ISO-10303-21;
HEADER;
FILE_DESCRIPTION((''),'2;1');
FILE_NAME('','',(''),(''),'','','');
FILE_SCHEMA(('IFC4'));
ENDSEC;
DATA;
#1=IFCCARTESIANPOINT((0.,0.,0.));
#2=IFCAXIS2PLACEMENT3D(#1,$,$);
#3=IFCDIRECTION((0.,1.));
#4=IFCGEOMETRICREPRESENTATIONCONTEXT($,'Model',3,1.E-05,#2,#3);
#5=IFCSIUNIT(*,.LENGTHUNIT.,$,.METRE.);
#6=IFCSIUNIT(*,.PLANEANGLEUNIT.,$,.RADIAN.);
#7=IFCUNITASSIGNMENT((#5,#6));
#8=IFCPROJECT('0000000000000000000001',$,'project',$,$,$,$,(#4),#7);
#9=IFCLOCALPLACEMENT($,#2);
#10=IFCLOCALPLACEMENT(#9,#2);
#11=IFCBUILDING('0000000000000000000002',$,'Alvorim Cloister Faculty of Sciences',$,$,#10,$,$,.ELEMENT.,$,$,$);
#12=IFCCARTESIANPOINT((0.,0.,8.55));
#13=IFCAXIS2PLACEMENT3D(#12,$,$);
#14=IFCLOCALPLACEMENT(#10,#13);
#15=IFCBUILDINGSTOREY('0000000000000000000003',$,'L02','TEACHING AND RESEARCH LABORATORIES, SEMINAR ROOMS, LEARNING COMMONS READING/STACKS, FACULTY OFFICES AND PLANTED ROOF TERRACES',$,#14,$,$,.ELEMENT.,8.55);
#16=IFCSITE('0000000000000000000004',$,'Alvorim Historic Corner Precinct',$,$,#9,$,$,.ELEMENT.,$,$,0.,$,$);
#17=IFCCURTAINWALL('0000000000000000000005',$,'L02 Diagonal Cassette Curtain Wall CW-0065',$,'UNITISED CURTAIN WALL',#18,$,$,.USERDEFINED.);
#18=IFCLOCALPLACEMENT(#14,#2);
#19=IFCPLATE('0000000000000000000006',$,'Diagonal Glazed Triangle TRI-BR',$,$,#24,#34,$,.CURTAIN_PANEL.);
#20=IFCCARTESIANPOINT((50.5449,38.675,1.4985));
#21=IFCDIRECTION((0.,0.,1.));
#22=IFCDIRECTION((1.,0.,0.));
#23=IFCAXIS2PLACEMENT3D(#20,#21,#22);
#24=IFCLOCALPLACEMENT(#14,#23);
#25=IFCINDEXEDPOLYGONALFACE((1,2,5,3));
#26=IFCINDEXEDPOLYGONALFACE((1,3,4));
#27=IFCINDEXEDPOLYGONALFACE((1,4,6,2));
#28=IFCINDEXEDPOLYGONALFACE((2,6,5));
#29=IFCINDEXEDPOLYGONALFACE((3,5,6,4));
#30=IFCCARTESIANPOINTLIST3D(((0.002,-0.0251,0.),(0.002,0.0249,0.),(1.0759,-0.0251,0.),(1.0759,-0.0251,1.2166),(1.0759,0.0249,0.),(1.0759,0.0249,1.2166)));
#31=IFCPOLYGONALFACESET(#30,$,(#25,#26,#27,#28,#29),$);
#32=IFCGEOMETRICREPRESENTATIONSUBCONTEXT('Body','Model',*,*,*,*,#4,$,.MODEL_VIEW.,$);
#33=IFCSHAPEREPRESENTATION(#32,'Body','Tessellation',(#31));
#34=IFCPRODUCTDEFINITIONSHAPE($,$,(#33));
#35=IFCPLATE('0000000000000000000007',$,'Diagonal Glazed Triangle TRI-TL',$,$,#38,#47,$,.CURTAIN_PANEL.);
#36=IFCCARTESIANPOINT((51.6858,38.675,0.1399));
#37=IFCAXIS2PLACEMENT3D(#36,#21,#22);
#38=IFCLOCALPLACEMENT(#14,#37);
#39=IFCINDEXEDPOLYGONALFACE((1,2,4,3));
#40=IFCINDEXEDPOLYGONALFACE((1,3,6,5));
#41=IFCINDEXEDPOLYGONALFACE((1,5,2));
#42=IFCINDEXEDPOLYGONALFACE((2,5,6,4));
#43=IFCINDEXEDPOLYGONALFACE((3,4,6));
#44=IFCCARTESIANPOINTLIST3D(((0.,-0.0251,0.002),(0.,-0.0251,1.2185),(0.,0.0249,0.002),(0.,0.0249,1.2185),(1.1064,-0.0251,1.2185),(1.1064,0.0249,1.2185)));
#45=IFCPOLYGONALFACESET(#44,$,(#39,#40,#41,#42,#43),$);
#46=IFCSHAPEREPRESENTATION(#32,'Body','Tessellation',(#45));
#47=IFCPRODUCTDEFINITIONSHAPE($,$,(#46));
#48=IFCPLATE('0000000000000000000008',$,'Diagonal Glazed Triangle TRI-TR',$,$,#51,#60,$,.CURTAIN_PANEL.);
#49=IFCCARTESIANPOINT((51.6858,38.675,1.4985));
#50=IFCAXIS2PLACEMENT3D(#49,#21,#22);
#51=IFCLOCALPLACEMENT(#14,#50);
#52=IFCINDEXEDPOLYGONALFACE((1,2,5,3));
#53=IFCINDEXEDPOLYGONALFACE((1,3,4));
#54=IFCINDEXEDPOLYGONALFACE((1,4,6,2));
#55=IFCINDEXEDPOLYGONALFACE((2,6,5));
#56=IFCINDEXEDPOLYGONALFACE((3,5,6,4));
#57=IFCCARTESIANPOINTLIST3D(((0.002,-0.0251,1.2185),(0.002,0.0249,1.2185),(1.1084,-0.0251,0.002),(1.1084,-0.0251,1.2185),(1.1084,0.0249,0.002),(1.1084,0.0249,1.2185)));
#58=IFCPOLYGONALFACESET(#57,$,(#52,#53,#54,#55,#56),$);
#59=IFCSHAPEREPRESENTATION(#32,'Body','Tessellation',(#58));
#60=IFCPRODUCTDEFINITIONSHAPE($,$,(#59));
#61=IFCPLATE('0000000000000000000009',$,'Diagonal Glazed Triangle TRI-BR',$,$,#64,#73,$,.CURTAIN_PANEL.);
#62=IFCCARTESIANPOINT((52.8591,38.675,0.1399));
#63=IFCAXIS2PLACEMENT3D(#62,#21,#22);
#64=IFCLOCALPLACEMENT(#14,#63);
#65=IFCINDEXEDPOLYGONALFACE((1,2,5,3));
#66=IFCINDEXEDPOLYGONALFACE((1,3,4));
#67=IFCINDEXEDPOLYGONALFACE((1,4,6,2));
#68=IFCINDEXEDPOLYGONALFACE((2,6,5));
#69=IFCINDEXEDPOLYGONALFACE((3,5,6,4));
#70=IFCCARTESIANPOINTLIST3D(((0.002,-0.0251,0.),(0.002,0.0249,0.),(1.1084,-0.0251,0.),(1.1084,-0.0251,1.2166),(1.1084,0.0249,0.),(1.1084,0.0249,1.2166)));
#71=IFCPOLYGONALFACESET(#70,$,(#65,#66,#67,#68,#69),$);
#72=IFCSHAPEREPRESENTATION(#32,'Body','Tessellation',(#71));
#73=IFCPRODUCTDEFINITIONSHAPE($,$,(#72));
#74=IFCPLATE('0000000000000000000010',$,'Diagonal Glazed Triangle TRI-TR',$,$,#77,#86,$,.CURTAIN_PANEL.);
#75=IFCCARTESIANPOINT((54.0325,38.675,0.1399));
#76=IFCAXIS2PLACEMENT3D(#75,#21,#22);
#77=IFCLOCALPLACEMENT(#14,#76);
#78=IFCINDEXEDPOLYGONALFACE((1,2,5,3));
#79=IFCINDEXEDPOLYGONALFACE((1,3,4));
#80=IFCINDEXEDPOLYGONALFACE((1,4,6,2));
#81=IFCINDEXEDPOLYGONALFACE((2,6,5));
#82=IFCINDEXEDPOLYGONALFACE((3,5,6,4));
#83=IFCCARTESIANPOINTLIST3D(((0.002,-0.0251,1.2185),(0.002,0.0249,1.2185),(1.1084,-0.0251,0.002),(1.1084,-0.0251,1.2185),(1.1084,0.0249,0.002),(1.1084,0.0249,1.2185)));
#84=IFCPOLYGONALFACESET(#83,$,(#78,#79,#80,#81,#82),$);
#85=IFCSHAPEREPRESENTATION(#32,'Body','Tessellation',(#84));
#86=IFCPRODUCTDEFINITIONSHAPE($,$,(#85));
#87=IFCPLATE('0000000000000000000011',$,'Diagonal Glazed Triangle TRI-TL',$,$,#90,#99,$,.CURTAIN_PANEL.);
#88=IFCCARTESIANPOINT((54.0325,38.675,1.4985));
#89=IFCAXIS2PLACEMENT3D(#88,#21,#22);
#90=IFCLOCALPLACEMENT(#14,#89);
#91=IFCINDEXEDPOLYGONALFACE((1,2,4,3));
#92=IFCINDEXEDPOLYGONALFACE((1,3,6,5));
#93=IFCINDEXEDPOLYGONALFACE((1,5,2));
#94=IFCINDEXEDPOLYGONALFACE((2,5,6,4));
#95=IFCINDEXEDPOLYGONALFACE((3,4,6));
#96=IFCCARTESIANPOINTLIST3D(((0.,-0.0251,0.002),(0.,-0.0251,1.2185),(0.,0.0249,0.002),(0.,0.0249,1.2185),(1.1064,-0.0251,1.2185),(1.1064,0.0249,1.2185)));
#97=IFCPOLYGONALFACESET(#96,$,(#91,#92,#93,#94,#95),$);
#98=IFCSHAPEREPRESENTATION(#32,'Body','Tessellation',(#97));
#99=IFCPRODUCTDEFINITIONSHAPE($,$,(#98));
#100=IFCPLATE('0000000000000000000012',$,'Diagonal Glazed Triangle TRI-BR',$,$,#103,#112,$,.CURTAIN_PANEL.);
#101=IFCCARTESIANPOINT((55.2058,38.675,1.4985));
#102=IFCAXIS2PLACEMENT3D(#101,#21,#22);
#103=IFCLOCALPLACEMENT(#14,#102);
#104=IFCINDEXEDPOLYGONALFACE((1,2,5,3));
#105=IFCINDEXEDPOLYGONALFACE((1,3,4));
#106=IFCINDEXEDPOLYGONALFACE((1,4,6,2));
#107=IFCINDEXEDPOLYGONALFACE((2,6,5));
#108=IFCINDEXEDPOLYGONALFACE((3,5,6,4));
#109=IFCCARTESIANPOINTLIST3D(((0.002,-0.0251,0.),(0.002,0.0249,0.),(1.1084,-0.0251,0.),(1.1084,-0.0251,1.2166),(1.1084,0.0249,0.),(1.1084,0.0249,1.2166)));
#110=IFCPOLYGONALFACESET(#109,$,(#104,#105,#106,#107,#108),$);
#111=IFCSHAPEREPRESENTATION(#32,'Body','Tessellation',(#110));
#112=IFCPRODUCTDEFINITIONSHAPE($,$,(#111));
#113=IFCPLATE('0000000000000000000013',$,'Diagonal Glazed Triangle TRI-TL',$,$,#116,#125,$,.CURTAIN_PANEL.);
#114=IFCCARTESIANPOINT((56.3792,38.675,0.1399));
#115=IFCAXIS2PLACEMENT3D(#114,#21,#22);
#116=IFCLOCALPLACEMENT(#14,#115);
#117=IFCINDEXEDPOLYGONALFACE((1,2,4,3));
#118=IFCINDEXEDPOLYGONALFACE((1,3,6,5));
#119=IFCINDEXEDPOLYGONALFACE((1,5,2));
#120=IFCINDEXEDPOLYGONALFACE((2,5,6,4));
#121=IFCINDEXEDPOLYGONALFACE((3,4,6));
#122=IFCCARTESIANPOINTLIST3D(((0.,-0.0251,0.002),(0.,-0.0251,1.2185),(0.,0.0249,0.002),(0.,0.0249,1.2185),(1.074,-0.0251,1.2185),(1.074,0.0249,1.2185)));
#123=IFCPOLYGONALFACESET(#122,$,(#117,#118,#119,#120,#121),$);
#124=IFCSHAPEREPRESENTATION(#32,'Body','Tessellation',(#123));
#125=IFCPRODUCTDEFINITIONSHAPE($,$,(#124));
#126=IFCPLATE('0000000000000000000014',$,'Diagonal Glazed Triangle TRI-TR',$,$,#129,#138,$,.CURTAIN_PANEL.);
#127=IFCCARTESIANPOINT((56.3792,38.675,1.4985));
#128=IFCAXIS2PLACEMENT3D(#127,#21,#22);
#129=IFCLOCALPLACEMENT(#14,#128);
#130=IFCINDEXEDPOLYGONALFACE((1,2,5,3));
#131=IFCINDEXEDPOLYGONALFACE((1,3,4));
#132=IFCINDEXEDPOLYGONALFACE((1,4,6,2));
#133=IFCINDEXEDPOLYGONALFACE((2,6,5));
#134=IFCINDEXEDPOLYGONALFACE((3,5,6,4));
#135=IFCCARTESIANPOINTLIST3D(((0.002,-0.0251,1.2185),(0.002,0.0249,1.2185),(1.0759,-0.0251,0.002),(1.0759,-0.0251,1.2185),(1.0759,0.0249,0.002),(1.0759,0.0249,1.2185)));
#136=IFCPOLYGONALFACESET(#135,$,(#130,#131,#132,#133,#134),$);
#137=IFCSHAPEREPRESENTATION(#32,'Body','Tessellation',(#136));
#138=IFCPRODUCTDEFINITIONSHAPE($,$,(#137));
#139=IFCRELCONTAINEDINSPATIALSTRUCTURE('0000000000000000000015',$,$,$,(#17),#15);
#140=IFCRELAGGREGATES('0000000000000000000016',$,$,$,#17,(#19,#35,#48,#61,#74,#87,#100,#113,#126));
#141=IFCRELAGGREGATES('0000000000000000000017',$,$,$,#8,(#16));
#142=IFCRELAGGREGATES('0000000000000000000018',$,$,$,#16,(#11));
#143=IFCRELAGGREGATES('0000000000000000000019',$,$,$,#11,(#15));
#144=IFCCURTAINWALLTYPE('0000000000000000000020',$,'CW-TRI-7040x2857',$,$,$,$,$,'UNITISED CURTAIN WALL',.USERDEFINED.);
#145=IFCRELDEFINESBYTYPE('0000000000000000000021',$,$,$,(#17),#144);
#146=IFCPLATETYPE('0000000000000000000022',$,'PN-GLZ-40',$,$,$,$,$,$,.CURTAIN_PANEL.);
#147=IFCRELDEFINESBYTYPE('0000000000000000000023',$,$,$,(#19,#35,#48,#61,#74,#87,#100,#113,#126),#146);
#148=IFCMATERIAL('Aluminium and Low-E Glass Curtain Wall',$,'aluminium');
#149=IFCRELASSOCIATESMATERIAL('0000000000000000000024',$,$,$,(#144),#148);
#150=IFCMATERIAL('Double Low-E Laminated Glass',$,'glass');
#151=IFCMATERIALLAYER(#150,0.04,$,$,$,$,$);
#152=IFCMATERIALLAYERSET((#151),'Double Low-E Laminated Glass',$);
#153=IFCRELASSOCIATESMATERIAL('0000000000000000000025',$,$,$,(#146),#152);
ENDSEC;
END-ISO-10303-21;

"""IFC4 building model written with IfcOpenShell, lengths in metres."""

from ifc_helpers import new_model, si_unit, direction, frame, origin, place, context, subcontext, project, spatial, polyline, outline, extrude, material, layer, layer_set, type_object, element, aggregate, save


model = new_model("IFC4")

# Units and contexts
model_context = context("Model", 3, precision=1e-05, world=origin(), true_north=direction((0.0, 1.0)))
body_context = subcontext(model_context, "Body", "Model", "MODEL_VIEW")
ifc_project = project(units=[si_unit("LENGTHUNIT", "METRE"), si_unit("PLANEANGLEUNIT", "RADIAN")], contexts=[model_context])

# Site, building, storey
site_placement = place(None, origin())
site = spatial("IfcSite", under=ifc_project, at=site_placement, Name="Alvorim Historic Corner Precinct", CompositionType="ELEMENT", RefElevation=0.0)
building_placement = place(site_placement, origin())
building = spatial("IfcBuilding", under=site, at=building_placement, Name="Alvorim Cloister Faculty of Sciences", CompositionType="ELEMENT")
storey_placement = place(building_placement, frame((0.0, 0.0, 8.55)))
storey = spatial("IfcBuildingStorey", under=building, at=storey_placement, Name="L02", Description="TEACHING AND RESEARCH LABORATORIES, SEMINAR ROOMS, LEARNING COMMONS READING/STACKS, FACULTY OFFICES AND PLANTED ROOF TERRACES", CompositionType="ELEMENT", Elevation=8.55)

# Curtain wall, plates
ifc_material_1 = material(Name="Aluminium and Low-E Glass Curtain Wall", Category="aluminium")
curtain_wall_type = type_object("IfcCurtainWallType", Name="CW-TRI-7040x2857", ElementType="UNITISED CURTAIN WALL", PredefinedType="USERDEFINED", material=ifc_material_1)
curtain_wall_placement = place(storey_placement, origin())
curtain_wall = element("IfcCurtainWall", 1, at=curtain_wall_placement, inside=storey, type_object=curtain_wall_type, Name="L02 Diagonal Cassette Curtain Wall CW-0065", ObjectType="UNITISED CURTAIN WALL", PredefinedType="USERDEFINED")
ifc_material_2 = material(Name="Double Low-E Laminated Glass", Category="glass")
ifc_layer_1 = layer(ifc_material_2, 0.04)
ifc_layer_set_1 = layer_set([ifc_layer_1], Name="Double Low-E Laminated Glass")
plate_type = type_object("IfcPlateType", Name="PN-GLZ-40", PredefinedType="CURTAIN_PANEL", material=ifc_layer_set_1)
plate_1_placement = place(storey_placement, frame((50.5449, 38.675, 1.4985), z_axis=(0.0, 0.0, 1.0), x_axis=(1.0, 0.0, 0.0)))
plate_1 = element("IfcPlate", 2, at=plate_1_placement, type_object=plate_type, Name="Diagonal Glazed Triangle TRI-BR", PredefinedType="CURTAIN_PANEL", context=body_context, shape_type="SweptSolid", body=[
    extrude(outline(polyline([(0.002, 0.0), (1.0759, 0.0), (1.0759, 1.2166), (0.002, 0.0)])), frame((0.0, 0.0249, 0.0), z_axis=(0.0, -1.0, 0.0), x_axis=(1.0, 0.0, 0.0)), (0.0, 0.0, 1.0), 0.05),
])
plate_2_placement = place(storey_placement, frame((51.6858, 38.675, 0.1399), z_axis=(0.0, 0.0, 1.0), x_axis=(1.0, 0.0, 0.0)))
plate_2 = element("IfcPlate", 3, at=plate_2_placement, type_object=plate_type, Name="Diagonal Glazed Triangle TRI-TL", PredefinedType="CURTAIN_PANEL", context=body_context, shape_type="SweptSolid", body=[
    extrude(outline(polyline([(1.1064, 1.2185), (0.0, 1.2185), (0.0, 0.002), (1.1064, 1.2185)])), frame((0.0, 0.0249, 0.0), z_axis=(0.0, -1.0, 0.0), x_axis=(1.0, 0.0, 0.0)), (0.0, 0.0, 1.0), 0.05),
])
plate_3_placement = place(storey_placement, frame((51.6858, 38.675, 1.4985), z_axis=(0.0, 0.0, 1.0), x_axis=(1.0, 0.0, 0.0)))
plate_3 = element("IfcPlate", 4, at=plate_3_placement, type_object=plate_type, Name="Diagonal Glazed Triangle TRI-TR", PredefinedType="CURTAIN_PANEL", context=body_context, shape_type="SweptSolid", body=[
    extrude(outline(polyline([(1.1084, 0.002), (1.1084, 1.2185), (0.002, 1.2185), (1.1084, 0.002)])), frame((0.0, 0.0249, 0.0), z_axis=(0.0, -1.0, 0.0), x_axis=(1.0, 0.0, 0.0)), (0.0, 0.0, 1.0), 0.05),
])
plate_4_placement = place(storey_placement, frame((52.8591, 38.675, 0.1399), z_axis=(0.0, 0.0, 1.0), x_axis=(1.0, 0.0, 0.0)))
plate_4 = element("IfcPlate", 5, at=plate_4_placement, type_object=plate_type, Name="Diagonal Glazed Triangle TRI-BR", PredefinedType="CURTAIN_PANEL", context=body_context, shape_type="SweptSolid", body=[
    extrude(outline(polyline([(0.002, 0.0), (1.1084, 0.0), (1.1084, 1.2166), (0.002, 0.0)])), frame((0.0, 0.0249, 0.0), z_axis=(0.0, -1.0, 0.0), x_axis=(1.0, 0.0, 0.0)), (0.0, 0.0, 1.0), 0.05),
])
plate_5_placement = place(storey_placement, frame((54.0325, 38.675, 0.1399), z_axis=(0.0, 0.0, 1.0), x_axis=(1.0, 0.0, 0.0)))
plate_5 = element("IfcPlate", 6, at=plate_5_placement, type_object=plate_type, Name="Diagonal Glazed Triangle TRI-TR", PredefinedType="CURTAIN_PANEL", context=body_context, shape_type="SweptSolid", body=[
    extrude(outline(polyline([(1.1084, 0.002), (1.1084, 1.2185), (0.002, 1.2185), (1.1084, 0.002)])), frame((0.0, 0.0249, 0.0), z_axis=(0.0, -1.0, 0.0), x_axis=(1.0, 0.0, 0.0)), (0.0, 0.0, 1.0), 0.05),
])
plate_6_placement = place(storey_placement, frame((54.0325, 38.675, 1.4985), z_axis=(0.0, 0.0, 1.0), x_axis=(1.0, 0.0, 0.0)))
plate_6 = element("IfcPlate", 7, at=plate_6_placement, type_object=plate_type, Name="Diagonal Glazed Triangle TRI-TL", PredefinedType="CURTAIN_PANEL", context=body_context, shape_type="SweptSolid", body=[
    extrude(outline(polyline([(1.1064, 1.2185), (0.0, 1.2185), (0.0, 0.002), (1.1064, 1.2185)])), frame((0.0, 0.0249, 0.0), z_axis=(0.0, -1.0, 0.0), x_axis=(1.0, 0.0, 0.0)), (0.0, 0.0, 1.0), 0.05),
])
plate_7_placement = place(storey_placement, frame((55.2058, 38.675, 1.4985), z_axis=(0.0, 0.0, 1.0), x_axis=(1.0, 0.0, 0.0)))
plate_7 = element("IfcPlate", 8, at=plate_7_placement, type_object=plate_type, Name="Diagonal Glazed Triangle TRI-BR", PredefinedType="CURTAIN_PANEL", context=body_context, shape_type="SweptSolid", body=[
    extrude(outline(polyline([(0.002, 0.0), (1.1084, 0.0), (1.1084, 1.2166), (0.002, 0.0)])), frame((0.0, 0.0249, 0.0), z_axis=(0.0, -1.0, 0.0), x_axis=(1.0, 0.0, 0.0)), (0.0, 0.0, 1.0), 0.05),
])
plate_8_placement = place(storey_placement, frame((56.3792, 38.675, 0.1399), z_axis=(0.0, 0.0, 1.0), x_axis=(1.0, 0.0, 0.0)))
plate_8 = element("IfcPlate", 9, at=plate_8_placement, type_object=plate_type, Name="Diagonal Glazed Triangle TRI-TL", PredefinedType="CURTAIN_PANEL", context=body_context, shape_type="SweptSolid", body=[
    extrude(outline(polyline([(1.074, 1.2185), (0.0, 1.2185), (0.0, 0.002), (1.074, 1.2185)])), frame((0.0, 0.0249, 0.0), z_axis=(0.0, -1.0, 0.0), x_axis=(1.0, 0.0, 0.0)), (0.0, 0.0, 1.0), 0.05),
])
plate_9_placement = place(storey_placement, frame((56.3792, 38.675, 1.4985), z_axis=(0.0, 0.0, 1.0), x_axis=(1.0, 0.0, 0.0)))
plate_9 = element("IfcPlate", 10, at=plate_9_placement, type_object=plate_type, Name="Diagonal Glazed Triangle TRI-TR", PredefinedType="CURTAIN_PANEL", context=body_context, shape_type="SweptSolid", body=[
    extrude(outline(polyline([(1.0759, 0.002), (1.0759, 1.2185), (0.002, 1.2185), (1.0759, 0.002)])), frame((0.0, 0.0249, 0.0), z_axis=(0.0, -1.0, 0.0), x_axis=(1.0, 0.0, 0.0)), (0.0, 0.0, 1.0), 0.05),
])
aggregate(curtain_wall, [plate_1, plate_2, plate_3, plate_4, plate_5, plate_6, plate_7, plate_8, plate_9])

save(model, "model.ifc")
